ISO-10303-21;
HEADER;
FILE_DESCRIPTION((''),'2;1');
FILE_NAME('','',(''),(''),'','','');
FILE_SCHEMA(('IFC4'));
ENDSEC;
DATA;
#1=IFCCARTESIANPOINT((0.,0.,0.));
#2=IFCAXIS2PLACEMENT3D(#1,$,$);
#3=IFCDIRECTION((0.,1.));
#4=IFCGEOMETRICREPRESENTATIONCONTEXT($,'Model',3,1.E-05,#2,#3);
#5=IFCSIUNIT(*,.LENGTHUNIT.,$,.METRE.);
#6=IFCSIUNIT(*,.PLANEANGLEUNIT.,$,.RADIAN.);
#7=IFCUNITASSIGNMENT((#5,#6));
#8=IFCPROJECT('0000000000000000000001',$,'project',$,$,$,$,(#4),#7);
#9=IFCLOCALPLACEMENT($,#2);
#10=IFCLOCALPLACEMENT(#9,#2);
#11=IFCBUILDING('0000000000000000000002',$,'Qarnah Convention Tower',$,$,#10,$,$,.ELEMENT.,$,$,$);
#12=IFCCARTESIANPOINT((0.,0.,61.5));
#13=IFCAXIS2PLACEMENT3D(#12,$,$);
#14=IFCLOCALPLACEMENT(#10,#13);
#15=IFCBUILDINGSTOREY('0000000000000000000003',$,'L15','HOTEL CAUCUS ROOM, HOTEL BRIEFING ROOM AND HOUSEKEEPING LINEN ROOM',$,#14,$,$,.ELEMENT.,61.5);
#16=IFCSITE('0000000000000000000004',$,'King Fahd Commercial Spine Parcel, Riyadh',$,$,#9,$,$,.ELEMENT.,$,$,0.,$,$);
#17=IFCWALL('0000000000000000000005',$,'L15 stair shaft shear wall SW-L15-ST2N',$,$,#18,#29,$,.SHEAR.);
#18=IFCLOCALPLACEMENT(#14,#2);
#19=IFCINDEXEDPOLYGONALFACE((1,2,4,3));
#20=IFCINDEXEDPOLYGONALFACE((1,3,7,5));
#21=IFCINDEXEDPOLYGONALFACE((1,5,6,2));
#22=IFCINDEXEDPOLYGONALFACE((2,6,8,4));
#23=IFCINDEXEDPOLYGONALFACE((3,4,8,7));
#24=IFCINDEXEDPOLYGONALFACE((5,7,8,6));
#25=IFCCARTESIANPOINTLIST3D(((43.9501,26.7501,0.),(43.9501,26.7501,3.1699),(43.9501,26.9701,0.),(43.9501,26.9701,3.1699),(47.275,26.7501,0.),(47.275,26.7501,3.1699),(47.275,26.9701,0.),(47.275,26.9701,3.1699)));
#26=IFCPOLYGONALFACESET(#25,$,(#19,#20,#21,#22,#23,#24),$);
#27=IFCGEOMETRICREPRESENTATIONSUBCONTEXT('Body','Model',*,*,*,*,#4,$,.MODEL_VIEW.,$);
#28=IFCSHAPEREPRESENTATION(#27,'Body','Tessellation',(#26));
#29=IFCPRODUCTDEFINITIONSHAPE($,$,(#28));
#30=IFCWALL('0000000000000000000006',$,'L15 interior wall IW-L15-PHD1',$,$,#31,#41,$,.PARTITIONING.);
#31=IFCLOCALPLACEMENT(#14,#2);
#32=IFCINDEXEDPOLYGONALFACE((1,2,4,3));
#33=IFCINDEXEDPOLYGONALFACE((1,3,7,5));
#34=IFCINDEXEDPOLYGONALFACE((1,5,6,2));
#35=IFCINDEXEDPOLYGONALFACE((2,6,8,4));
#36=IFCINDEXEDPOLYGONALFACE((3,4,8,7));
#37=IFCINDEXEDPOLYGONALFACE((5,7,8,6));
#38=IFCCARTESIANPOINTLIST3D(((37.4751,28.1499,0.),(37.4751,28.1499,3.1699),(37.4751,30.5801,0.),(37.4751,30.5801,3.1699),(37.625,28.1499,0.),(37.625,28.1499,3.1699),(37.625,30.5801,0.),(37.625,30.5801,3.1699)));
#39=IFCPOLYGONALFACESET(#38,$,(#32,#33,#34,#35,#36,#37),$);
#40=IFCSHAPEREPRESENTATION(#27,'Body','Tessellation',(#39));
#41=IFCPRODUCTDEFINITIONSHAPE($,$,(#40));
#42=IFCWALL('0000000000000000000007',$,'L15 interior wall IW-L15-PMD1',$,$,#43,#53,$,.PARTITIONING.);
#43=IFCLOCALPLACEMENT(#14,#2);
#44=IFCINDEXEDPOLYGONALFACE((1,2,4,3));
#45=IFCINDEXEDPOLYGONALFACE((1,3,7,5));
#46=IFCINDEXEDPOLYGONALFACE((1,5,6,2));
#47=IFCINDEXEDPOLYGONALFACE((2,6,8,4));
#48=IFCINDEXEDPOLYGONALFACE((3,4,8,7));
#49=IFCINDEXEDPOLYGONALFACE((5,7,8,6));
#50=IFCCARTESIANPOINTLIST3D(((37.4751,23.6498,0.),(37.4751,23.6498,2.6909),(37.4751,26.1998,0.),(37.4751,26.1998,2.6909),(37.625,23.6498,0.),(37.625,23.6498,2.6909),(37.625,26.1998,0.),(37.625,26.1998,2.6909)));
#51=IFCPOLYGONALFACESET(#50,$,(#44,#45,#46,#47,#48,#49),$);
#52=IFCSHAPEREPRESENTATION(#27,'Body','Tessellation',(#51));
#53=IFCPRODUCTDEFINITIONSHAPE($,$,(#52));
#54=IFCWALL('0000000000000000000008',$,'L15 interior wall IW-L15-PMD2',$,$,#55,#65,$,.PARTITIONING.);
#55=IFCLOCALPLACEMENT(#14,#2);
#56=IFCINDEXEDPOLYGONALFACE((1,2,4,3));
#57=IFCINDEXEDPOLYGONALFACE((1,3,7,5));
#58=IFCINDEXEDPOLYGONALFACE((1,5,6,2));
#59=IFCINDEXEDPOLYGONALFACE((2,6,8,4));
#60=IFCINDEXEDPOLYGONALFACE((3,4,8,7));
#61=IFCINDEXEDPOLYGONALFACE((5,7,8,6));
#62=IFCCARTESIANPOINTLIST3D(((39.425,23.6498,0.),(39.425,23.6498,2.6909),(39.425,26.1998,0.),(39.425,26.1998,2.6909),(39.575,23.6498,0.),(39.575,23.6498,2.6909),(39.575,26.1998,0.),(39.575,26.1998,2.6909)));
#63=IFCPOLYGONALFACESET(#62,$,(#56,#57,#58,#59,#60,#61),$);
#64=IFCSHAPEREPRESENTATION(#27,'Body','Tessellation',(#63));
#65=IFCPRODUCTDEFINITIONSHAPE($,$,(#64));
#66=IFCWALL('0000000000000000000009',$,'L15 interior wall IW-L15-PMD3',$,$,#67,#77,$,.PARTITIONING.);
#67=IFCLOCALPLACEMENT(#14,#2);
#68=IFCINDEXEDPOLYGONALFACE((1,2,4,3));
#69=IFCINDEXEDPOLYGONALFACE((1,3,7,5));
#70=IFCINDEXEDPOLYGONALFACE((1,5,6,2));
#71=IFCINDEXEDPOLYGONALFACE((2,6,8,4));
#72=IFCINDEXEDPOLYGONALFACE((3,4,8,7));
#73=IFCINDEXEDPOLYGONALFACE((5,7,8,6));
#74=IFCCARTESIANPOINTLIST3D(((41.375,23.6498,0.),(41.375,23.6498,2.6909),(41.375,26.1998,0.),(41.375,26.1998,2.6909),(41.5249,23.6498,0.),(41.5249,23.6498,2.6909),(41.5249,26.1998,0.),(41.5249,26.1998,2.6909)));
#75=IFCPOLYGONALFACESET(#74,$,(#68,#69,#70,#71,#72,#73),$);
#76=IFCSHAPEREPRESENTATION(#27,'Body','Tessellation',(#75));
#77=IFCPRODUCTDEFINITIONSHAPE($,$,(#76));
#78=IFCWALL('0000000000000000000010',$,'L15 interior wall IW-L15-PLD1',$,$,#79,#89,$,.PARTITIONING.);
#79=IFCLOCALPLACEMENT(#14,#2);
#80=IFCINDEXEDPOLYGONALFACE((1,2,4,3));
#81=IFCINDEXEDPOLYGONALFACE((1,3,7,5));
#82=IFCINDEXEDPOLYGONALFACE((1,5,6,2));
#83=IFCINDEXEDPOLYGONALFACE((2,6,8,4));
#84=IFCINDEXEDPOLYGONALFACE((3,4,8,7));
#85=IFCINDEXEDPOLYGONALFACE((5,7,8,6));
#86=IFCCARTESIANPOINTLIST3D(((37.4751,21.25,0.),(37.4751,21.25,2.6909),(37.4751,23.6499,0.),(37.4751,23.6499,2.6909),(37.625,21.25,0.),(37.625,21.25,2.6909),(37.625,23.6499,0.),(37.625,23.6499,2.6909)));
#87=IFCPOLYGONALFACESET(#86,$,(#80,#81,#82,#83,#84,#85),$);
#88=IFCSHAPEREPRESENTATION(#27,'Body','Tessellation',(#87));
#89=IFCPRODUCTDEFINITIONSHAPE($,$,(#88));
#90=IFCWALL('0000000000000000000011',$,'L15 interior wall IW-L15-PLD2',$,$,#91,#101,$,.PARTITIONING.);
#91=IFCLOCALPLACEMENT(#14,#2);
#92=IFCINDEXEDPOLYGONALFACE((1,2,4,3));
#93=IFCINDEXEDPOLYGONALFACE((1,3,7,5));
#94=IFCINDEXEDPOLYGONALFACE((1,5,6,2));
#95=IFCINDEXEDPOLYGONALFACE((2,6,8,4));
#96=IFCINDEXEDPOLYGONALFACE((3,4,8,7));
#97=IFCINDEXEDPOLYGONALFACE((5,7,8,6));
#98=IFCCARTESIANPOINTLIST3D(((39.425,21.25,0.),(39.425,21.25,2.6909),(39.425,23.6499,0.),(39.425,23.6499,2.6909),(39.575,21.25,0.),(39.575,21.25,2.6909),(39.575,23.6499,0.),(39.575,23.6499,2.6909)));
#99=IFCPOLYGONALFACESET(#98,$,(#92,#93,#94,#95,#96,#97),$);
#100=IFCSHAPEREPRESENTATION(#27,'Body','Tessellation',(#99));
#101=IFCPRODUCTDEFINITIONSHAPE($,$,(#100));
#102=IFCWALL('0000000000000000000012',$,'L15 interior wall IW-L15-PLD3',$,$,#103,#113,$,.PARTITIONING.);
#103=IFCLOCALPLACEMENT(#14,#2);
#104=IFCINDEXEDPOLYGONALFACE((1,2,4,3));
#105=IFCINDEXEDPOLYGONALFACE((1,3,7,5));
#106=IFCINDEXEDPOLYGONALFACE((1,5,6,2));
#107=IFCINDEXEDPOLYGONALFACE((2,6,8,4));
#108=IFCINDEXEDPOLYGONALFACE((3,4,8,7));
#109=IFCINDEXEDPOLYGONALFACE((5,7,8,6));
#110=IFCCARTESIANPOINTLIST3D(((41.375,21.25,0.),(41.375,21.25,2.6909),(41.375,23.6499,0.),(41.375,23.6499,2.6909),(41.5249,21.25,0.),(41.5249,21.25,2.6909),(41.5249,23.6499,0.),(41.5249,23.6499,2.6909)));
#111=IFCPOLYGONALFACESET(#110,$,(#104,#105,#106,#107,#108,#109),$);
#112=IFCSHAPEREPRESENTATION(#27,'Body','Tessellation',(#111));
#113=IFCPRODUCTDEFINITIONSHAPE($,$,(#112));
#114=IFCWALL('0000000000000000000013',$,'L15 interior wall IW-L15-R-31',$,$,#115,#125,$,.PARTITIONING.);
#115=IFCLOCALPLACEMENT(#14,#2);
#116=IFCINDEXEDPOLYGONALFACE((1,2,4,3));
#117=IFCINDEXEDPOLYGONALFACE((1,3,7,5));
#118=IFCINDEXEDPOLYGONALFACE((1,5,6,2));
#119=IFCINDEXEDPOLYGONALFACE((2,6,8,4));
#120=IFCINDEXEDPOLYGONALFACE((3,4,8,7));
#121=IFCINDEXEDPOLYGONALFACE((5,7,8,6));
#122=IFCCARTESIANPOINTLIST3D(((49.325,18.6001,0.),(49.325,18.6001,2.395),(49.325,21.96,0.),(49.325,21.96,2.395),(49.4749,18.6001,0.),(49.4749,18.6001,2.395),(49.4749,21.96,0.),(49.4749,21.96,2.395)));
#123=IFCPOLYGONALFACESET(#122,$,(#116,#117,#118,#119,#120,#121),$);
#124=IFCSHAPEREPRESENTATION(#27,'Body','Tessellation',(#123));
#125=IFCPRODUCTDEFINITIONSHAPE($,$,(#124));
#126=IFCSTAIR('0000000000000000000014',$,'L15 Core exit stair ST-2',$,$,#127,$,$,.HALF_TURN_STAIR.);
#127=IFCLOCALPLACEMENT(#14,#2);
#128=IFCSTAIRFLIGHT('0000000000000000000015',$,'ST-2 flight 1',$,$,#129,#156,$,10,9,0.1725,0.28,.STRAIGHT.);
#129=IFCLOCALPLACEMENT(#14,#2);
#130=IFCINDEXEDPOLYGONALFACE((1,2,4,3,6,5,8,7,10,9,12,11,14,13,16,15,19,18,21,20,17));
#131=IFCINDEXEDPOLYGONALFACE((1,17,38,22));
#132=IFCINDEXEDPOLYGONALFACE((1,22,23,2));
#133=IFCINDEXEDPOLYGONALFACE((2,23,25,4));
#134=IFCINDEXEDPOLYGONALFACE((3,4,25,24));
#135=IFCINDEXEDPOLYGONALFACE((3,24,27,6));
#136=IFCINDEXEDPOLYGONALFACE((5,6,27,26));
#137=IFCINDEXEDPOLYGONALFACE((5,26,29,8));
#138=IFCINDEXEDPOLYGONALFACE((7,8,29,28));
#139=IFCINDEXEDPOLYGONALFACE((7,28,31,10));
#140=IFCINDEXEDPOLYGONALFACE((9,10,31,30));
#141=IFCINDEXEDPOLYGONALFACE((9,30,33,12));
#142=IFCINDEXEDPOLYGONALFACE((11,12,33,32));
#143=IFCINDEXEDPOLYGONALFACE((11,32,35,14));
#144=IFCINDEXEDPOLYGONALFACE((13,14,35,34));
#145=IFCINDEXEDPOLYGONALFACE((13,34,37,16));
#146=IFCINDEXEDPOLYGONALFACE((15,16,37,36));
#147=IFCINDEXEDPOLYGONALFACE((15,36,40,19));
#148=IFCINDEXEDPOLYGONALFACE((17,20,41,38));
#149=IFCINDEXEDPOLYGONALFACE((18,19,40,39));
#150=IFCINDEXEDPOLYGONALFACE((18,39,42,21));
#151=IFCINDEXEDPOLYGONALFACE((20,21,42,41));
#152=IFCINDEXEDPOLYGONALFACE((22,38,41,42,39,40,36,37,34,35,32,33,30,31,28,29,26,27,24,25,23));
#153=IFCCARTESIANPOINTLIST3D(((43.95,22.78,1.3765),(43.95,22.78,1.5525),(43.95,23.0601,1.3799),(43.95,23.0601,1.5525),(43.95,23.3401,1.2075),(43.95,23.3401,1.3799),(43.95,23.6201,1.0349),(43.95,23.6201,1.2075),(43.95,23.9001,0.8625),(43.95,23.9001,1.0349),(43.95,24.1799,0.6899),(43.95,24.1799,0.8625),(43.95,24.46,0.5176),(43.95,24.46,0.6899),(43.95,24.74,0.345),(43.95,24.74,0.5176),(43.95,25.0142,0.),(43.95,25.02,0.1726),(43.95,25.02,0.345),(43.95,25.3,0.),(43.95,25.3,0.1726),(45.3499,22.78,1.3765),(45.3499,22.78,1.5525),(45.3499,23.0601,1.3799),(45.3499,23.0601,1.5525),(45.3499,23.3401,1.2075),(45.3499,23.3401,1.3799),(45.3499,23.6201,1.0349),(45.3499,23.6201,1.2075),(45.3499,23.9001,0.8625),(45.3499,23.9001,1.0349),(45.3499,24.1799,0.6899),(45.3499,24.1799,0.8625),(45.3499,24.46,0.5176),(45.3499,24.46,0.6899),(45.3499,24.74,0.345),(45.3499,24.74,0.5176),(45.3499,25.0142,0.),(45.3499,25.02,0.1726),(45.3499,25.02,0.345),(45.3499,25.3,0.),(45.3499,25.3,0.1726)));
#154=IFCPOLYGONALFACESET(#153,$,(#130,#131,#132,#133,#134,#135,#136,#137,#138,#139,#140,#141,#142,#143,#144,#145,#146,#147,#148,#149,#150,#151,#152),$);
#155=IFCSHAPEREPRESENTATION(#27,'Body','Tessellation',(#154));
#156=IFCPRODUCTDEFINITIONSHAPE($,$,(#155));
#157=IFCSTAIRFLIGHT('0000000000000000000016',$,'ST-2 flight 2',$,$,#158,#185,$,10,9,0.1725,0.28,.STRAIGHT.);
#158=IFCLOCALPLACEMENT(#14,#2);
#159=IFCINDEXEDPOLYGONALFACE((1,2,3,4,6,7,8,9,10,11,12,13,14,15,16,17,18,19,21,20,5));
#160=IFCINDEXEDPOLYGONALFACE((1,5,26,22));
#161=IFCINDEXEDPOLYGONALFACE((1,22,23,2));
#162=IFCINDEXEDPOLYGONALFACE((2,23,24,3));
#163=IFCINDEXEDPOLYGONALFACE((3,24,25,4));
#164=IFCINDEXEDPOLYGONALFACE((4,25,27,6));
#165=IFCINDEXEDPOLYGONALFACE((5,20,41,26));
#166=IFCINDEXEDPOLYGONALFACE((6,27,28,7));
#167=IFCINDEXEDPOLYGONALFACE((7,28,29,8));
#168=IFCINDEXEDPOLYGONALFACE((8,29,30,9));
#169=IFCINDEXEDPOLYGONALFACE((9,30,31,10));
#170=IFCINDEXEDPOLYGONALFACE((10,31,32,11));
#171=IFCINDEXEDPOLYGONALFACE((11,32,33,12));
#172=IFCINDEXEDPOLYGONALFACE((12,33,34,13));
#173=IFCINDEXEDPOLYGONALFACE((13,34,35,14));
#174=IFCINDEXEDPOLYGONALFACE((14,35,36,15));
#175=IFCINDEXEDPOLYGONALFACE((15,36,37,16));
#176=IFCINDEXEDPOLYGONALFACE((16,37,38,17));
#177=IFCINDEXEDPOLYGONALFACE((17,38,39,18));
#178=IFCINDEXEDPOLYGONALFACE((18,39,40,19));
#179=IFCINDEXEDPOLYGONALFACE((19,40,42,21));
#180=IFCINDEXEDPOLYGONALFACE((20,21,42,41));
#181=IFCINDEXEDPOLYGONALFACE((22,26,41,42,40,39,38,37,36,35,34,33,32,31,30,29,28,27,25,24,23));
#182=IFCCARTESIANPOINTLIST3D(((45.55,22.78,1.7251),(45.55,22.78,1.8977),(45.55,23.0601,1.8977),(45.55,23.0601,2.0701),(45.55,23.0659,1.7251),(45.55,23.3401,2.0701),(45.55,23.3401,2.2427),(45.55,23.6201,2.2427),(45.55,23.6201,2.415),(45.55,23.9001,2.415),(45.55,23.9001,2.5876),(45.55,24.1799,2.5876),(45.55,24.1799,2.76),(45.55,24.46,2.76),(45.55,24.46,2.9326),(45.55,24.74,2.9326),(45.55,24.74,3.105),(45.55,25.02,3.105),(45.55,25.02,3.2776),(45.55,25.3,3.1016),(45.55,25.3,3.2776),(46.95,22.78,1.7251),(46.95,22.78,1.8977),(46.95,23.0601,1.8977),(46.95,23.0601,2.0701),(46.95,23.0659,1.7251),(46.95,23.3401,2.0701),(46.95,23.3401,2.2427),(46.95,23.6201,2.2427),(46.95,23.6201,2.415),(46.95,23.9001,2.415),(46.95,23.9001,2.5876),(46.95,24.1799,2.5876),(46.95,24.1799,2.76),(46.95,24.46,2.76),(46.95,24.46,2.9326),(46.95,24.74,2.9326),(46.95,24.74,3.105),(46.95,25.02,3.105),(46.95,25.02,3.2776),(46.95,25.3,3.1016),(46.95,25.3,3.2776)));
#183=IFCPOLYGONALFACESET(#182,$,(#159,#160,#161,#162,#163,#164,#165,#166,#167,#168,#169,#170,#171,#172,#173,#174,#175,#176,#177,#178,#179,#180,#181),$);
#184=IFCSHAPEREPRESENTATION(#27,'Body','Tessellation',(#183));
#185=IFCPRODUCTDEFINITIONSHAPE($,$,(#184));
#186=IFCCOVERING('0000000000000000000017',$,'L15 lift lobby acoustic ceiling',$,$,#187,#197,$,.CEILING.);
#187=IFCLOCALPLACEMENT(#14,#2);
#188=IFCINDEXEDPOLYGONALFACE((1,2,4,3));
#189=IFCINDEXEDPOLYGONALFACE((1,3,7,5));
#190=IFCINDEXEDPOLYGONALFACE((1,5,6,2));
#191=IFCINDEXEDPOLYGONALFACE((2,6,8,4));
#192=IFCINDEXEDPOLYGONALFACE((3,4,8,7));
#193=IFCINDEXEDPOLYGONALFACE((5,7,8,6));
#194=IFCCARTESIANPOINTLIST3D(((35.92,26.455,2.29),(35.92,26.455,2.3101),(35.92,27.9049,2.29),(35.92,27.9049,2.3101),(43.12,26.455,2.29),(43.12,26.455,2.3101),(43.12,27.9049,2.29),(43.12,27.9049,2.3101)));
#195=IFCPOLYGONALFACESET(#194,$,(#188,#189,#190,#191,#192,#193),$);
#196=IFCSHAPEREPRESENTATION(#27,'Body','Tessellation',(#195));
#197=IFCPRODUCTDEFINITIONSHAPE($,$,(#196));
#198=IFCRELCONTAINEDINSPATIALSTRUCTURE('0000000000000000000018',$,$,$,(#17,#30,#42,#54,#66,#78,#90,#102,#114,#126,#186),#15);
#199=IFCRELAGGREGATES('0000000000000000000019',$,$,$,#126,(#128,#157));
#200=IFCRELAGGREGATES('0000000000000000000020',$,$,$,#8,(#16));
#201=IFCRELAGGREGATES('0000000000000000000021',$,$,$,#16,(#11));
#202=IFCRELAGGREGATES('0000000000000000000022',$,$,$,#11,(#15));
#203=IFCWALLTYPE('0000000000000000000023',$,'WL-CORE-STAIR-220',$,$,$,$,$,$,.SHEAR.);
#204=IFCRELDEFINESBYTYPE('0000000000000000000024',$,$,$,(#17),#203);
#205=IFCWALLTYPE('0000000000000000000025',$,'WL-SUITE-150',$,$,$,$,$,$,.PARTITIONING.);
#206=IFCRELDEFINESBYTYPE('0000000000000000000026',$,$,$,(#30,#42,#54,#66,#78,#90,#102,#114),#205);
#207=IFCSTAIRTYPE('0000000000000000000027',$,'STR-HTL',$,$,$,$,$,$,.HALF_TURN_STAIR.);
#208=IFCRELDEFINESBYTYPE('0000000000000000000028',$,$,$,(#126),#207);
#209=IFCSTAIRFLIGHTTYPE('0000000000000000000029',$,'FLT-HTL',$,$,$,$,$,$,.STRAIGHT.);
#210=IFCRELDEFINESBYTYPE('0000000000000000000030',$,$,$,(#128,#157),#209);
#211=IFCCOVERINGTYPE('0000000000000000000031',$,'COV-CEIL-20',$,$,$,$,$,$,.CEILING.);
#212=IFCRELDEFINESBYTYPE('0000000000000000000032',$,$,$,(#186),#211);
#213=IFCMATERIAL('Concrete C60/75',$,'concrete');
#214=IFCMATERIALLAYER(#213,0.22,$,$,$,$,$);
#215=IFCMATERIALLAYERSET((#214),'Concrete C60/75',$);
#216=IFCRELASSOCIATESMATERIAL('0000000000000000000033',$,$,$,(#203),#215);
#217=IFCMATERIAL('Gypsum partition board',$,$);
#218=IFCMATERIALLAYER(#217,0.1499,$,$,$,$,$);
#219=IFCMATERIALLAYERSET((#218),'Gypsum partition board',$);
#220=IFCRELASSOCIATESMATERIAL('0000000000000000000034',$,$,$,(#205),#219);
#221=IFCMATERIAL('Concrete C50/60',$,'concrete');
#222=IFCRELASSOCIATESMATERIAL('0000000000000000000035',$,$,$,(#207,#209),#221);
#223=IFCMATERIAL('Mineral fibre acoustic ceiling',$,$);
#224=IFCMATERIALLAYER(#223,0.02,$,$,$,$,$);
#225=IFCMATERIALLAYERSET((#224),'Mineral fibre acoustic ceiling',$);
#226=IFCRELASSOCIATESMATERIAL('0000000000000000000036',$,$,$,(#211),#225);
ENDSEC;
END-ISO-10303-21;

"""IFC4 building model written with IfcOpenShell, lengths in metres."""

from ifc_helpers import new_model, si_unit, direction, frame, frame_2d, origin, origin_2d, place, context, subcontext, project, spatial, polyline, rectangle, outline, extrude, material, layer, layer_set, type_object, element, aggregate, save


model = new_model("IFC4")

# Units and contexts
model_context = context("Model", 3, precision=1e-05, world=origin(), true_north=direction((0.0, 1.0)))
body_context = subcontext(model_context, "Body", "Model", "MODEL_VIEW")
ifc_project = project(units=[si_unit("LENGTHUNIT", "METRE"), si_unit("PLANEANGLEUNIT", "RADIAN")], contexts=[model_context])

# Site, building, storey
site_placement = place(None, origin())
site = spatial("IfcSite", under=ifc_project, at=site_placement, Name="King Fahd Commercial Spine Parcel, Riyadh", CompositionType="ELEMENT", RefElevation=0.0)
building_placement = place(site_placement, origin())
building = spatial("IfcBuilding", under=site, at=building_placement, Name="Qarnah Convention Tower", CompositionType="ELEMENT")
storey_placement = place(building_placement, frame((0.0, 0.0, 61.5)))
storey = spatial("IfcBuildingStorey", under=building, at=storey_placement, Name="L15", Description="HOTEL CAUCUS ROOM, HOTEL BRIEFING ROOM AND HOUSEKEEPING LINEN ROOM", CompositionType="ELEMENT", Elevation=61.5)

# Shared definitions
ifc_material_1 = material(Name="Concrete C60/75", Category="concrete")

# Walls
ifc_layer_1 = layer(ifc_material_1, 0.22)
ifc_layer_set_1 = layer_set([ifc_layer_1], Name="Concrete C60/75")
wall_type_1 = type_object("IfcWallType", Name="WL-CORE-STAIR-220", PredefinedType="SHEAR", material=ifc_layer_set_1)
wall_1_placement = place(storey_placement, frame((43.95, 26.8601, 0.0), z_axis=(0.0, 0.0, 1.0), x_axis=(1.0, 0.0, 0.0)))
element("IfcWall", 1, at=wall_1_placement, inside=storey, type_object=wall_type_1, Name="L15 stair shaft shear wall SW-L15-ST2N", PredefinedType="SHEAR", context=body_context, shape_type="SweptSolid", body=[
    extrude(rectangle(XDim=3.325, YDim=0.22, at=frame_2d((1.6626, 0.0))), origin(), (0.0, 0.0, 1.0), 3.1699),
])
ifc_material_2 = material(Name="Gypsum partition board")
ifc_layer_2 = layer(ifc_material_2, 0.1499)
ifc_layer_set_2 = layer_set([ifc_layer_2], Name="Gypsum partition board")
wall_type_2 = type_object("IfcWallType", Name="WL-SUITE-150", PredefinedType="PARTITIONING", material=ifc_layer_set_2)
wall_2_placement = place(storey_placement, frame((37.55, 28.1499, 0.0), z_axis=(0.0, 0.0, 1.0), x_axis=(0.0, 1.0, 0.0)))
element("IfcWall", 2, at=wall_2_placement, inside=storey, type_object=wall_type_2, Name="L15 interior wall IW-L15-PHD1", PredefinedType="PARTITIONING", context=body_context, shape_type="SweptSolid", body=[
    extrude(rectangle(XDim=2.4302, YDim=0.1499, at=frame_2d((1.2151, 0.0))), origin(), (0.0, 0.0, 1.0), 3.1699),
])
for number, where, z_axis, x_axis, name in (
    (3, (37.55, 23.6499, 0.0), (0.0, 0.0, 1.0), (0.0, 1.0, 0.0), "L15 interior wall IW-L15-PMD1"),
    (4, (39.5, 23.6499, 0.0), (0.0, 0.0, 1.0), (0.0, 1.0, 0.0), "L15 interior wall IW-L15-PMD2"),
    (5, (41.45, 23.6499, 0.0), (0.0, 0.0, 1.0), (0.0, 1.0, 0.0), "L15 interior wall IW-L15-PMD3"),
):
    element("IfcWall", number, at=place(storey_placement, frame(where, z_axis=z_axis, x_axis=x_axis)), inside=storey, type_object=wall_type_2, Name=name, PredefinedType="PARTITIONING", context=body_context, shape_type="SweptSolid", body=[
        extrude(rectangle(XDim=2.55, YDim=0.1499, at=frame_2d((1.2749, 0.0))), origin(), (0.0, 0.0, 1.0), 2.6909),
    ])
for number, where, z_axis, x_axis, name in (
    (6, (37.55, 21.25, 0.0), (0.0, 0.0, 1.0), (0.0, 1.0, 0.0), "L15 interior wall IW-L15-PLD1"),
    (7, (39.5, 21.25, 0.0), (0.0, 0.0, 1.0), (0.0, 1.0, 0.0), "L15 interior wall IW-L15-PLD2"),
    (8, (41.45, 21.25, 0.0), (0.0, 0.0, 1.0), (0.0, 1.0, 0.0), "L15 interior wall IW-L15-PLD3"),
):
    element("IfcWall", number, at=place(storey_placement, frame(where, z_axis=z_axis, x_axis=x_axis)), inside=storey, type_object=wall_type_2, Name=name, PredefinedType="PARTITIONING", context=body_context, shape_type="SweptSolid", body=[
        extrude(rectangle(XDim=2.3999, YDim=0.1499, at=frame_2d((1.2, 0.0))), origin(), (0.0, 0.0, 1.0), 2.6909),
    ])
wall_3_placement = place(storey_placement, frame((49.3999, 21.96, 0.0), z_axis=(0.0, 0.0, 1.0), x_axis=(0.0, -1.0, 0.0)))
element("IfcWall", 9, at=wall_3_placement, inside=storey, type_object=wall_type_2, Name="L15 interior wall IW-L15-R-31", PredefinedType="PARTITIONING", context=body_context, shape_type="SweptSolid", body=[
    extrude(rectangle(XDim=3.3599, YDim=0.1499, at=frame_2d((1.6799, 0.0))), origin(), (0.0, 0.0, 1.0), 2.395),
])

# Stair, stair flights
ifc_material_3 = material(Name="Concrete C50/60", Category="concrete")
stair_type = type_object("IfcStairType", Name="STR-HTL", PredefinedType="HALF_TURN_STAIR", material=ifc_material_3)
stair_placement = place(storey_placement, origin())
stair = element("IfcStair", 10, at=stair_placement, inside=storey, type_object=stair_type, Name="L15 Core exit stair ST-2", PredefinedType="HALF_TURN_STAIR")
stair_flight_type = type_object("IfcStairFlightType", Name="FLT-HTL", PredefinedType="STRAIGHT", material=ifc_material_3)
stair_flight_1_placement = place(storey_placement, frame((44.6499, 25.3, 0.0), z_axis=(0.0, 0.0, 1.0), x_axis=(0.0, -1.0, 0.0)))
stair_flight_1 = element("IfcStairFlight", 11, at=stair_flight_1_placement, type_object=stair_flight_type, Name="ST-2 flight 1", NumberOfRisers=10, NumberOfTreads=9, PredefinedType="STRAIGHT", RiserHeight=0.1725, TreadLength=0.28, context=body_context, shape_type="SweptSolid", body=[
    extrude(outline(polyline([(0.0, 0.0), (0.0, 0.1726), (0.28, 0.1726), (0.28, 0.345), (0.5601, 0.345), (0.5601, 0.5176), (0.8401, 0.5176), (0.8401, 0.6899), (1.1201, 0.6899), (1.1201, 0.8625), (1.3999, 0.8625), (1.3999, 1.0349), (1.6799, 1.0349), (1.6799, 1.2075), (1.96, 1.2075), (1.96, 1.3799), (2.24, 1.3799), (2.24, 1.5525), (2.52, 1.5525), (2.52, 1.7251), (2.52, 1.3765), (0.2859, 0.0), (0.0, 0.0)])), frame((0.0, 0.7, 0.0), z_axis=(0.0, -1.0, 0.0), x_axis=(1.0, 0.0, 0.0)), (0.0, 0.0, 1.0), 1.3999),
])
stair_flight_2_placement = place(storey_placement, frame((46.25, 22.78, 1.7251), z_axis=(0.0, 0.0, 1.0), x_axis=(0.0, 1.0, 0.0)))
stair_flight_2 = element("IfcStairFlight", 12, at=stair_flight_2_placement, type_object=stair_flight_type, Name="ST-2 flight 2", NumberOfRisers=10, NumberOfTreads=9, PredefinedType="STRAIGHT", RiserHeight=0.1725, TreadLength=0.28, context=body_context, shape_type="SweptSolid", body=[
    extrude(outline(polyline([(0.0, 0.0), (0.0, 0.1726), (0.28, 0.1726), (0.28, 0.345), (0.5601, 0.345), (0.5601, 0.5176), (0.8401, 0.5176), (0.8401, 0.6899), (1.1201, 0.6899), (1.1201, 0.8625), (1.3999, 0.8625), (1.3999, 1.0349), (1.6799, 1.0349), (1.6799, 1.2075), (1.96, 1.2075), (1.96, 1.3799), (2.24, 1.3799), (2.24, 1.5525), (2.52, 1.5525), (2.52, 1.7251), (2.52, 1.3765), (0.2859, 0.0), (0.0, 0.0)])), frame((0.0, 0.7, 0.0), z_axis=(0.0, -1.0, 0.0), x_axis=(1.0, 0.0, 0.0)), (0.0, 0.0, 1.0), 1.3999),
])
aggregate(stair, [stair_flight_1, stair_flight_2])

# Covering
ifc_material_4 = material(Name="Mineral fibre acoustic ceiling")
ifc_layer_3 = layer(ifc_material_4, 0.02)
ifc_layer_set_3 = layer_set([ifc_layer_3], Name="Mineral fibre acoustic ceiling")
covering_type = type_object("IfcCoveringType", Name="COV-CEIL-20", PredefinedType="CEILING", material=ifc_layer_set_3)
covering_placement = place(storey_placement, frame((39.52, 27.1799, 2.29), z_axis=(0.0, 0.0, 1.0), x_axis=(1.0, 0.0, 0.0)))
element("IfcCovering", 13, at=covering_placement, inside=storey, type_object=covering_type, Name="L15 lift lobby acoustic ceiling", PredefinedType="CEILING", context=body_context, shape_type="SweptSolid", body=[
    extrude(rectangle(XDim=7.2, YDim=1.45, at=origin_2d()), origin(), (0.0, 0.0, 1.0), 0.02),
])

save(model, "model.ifc")
